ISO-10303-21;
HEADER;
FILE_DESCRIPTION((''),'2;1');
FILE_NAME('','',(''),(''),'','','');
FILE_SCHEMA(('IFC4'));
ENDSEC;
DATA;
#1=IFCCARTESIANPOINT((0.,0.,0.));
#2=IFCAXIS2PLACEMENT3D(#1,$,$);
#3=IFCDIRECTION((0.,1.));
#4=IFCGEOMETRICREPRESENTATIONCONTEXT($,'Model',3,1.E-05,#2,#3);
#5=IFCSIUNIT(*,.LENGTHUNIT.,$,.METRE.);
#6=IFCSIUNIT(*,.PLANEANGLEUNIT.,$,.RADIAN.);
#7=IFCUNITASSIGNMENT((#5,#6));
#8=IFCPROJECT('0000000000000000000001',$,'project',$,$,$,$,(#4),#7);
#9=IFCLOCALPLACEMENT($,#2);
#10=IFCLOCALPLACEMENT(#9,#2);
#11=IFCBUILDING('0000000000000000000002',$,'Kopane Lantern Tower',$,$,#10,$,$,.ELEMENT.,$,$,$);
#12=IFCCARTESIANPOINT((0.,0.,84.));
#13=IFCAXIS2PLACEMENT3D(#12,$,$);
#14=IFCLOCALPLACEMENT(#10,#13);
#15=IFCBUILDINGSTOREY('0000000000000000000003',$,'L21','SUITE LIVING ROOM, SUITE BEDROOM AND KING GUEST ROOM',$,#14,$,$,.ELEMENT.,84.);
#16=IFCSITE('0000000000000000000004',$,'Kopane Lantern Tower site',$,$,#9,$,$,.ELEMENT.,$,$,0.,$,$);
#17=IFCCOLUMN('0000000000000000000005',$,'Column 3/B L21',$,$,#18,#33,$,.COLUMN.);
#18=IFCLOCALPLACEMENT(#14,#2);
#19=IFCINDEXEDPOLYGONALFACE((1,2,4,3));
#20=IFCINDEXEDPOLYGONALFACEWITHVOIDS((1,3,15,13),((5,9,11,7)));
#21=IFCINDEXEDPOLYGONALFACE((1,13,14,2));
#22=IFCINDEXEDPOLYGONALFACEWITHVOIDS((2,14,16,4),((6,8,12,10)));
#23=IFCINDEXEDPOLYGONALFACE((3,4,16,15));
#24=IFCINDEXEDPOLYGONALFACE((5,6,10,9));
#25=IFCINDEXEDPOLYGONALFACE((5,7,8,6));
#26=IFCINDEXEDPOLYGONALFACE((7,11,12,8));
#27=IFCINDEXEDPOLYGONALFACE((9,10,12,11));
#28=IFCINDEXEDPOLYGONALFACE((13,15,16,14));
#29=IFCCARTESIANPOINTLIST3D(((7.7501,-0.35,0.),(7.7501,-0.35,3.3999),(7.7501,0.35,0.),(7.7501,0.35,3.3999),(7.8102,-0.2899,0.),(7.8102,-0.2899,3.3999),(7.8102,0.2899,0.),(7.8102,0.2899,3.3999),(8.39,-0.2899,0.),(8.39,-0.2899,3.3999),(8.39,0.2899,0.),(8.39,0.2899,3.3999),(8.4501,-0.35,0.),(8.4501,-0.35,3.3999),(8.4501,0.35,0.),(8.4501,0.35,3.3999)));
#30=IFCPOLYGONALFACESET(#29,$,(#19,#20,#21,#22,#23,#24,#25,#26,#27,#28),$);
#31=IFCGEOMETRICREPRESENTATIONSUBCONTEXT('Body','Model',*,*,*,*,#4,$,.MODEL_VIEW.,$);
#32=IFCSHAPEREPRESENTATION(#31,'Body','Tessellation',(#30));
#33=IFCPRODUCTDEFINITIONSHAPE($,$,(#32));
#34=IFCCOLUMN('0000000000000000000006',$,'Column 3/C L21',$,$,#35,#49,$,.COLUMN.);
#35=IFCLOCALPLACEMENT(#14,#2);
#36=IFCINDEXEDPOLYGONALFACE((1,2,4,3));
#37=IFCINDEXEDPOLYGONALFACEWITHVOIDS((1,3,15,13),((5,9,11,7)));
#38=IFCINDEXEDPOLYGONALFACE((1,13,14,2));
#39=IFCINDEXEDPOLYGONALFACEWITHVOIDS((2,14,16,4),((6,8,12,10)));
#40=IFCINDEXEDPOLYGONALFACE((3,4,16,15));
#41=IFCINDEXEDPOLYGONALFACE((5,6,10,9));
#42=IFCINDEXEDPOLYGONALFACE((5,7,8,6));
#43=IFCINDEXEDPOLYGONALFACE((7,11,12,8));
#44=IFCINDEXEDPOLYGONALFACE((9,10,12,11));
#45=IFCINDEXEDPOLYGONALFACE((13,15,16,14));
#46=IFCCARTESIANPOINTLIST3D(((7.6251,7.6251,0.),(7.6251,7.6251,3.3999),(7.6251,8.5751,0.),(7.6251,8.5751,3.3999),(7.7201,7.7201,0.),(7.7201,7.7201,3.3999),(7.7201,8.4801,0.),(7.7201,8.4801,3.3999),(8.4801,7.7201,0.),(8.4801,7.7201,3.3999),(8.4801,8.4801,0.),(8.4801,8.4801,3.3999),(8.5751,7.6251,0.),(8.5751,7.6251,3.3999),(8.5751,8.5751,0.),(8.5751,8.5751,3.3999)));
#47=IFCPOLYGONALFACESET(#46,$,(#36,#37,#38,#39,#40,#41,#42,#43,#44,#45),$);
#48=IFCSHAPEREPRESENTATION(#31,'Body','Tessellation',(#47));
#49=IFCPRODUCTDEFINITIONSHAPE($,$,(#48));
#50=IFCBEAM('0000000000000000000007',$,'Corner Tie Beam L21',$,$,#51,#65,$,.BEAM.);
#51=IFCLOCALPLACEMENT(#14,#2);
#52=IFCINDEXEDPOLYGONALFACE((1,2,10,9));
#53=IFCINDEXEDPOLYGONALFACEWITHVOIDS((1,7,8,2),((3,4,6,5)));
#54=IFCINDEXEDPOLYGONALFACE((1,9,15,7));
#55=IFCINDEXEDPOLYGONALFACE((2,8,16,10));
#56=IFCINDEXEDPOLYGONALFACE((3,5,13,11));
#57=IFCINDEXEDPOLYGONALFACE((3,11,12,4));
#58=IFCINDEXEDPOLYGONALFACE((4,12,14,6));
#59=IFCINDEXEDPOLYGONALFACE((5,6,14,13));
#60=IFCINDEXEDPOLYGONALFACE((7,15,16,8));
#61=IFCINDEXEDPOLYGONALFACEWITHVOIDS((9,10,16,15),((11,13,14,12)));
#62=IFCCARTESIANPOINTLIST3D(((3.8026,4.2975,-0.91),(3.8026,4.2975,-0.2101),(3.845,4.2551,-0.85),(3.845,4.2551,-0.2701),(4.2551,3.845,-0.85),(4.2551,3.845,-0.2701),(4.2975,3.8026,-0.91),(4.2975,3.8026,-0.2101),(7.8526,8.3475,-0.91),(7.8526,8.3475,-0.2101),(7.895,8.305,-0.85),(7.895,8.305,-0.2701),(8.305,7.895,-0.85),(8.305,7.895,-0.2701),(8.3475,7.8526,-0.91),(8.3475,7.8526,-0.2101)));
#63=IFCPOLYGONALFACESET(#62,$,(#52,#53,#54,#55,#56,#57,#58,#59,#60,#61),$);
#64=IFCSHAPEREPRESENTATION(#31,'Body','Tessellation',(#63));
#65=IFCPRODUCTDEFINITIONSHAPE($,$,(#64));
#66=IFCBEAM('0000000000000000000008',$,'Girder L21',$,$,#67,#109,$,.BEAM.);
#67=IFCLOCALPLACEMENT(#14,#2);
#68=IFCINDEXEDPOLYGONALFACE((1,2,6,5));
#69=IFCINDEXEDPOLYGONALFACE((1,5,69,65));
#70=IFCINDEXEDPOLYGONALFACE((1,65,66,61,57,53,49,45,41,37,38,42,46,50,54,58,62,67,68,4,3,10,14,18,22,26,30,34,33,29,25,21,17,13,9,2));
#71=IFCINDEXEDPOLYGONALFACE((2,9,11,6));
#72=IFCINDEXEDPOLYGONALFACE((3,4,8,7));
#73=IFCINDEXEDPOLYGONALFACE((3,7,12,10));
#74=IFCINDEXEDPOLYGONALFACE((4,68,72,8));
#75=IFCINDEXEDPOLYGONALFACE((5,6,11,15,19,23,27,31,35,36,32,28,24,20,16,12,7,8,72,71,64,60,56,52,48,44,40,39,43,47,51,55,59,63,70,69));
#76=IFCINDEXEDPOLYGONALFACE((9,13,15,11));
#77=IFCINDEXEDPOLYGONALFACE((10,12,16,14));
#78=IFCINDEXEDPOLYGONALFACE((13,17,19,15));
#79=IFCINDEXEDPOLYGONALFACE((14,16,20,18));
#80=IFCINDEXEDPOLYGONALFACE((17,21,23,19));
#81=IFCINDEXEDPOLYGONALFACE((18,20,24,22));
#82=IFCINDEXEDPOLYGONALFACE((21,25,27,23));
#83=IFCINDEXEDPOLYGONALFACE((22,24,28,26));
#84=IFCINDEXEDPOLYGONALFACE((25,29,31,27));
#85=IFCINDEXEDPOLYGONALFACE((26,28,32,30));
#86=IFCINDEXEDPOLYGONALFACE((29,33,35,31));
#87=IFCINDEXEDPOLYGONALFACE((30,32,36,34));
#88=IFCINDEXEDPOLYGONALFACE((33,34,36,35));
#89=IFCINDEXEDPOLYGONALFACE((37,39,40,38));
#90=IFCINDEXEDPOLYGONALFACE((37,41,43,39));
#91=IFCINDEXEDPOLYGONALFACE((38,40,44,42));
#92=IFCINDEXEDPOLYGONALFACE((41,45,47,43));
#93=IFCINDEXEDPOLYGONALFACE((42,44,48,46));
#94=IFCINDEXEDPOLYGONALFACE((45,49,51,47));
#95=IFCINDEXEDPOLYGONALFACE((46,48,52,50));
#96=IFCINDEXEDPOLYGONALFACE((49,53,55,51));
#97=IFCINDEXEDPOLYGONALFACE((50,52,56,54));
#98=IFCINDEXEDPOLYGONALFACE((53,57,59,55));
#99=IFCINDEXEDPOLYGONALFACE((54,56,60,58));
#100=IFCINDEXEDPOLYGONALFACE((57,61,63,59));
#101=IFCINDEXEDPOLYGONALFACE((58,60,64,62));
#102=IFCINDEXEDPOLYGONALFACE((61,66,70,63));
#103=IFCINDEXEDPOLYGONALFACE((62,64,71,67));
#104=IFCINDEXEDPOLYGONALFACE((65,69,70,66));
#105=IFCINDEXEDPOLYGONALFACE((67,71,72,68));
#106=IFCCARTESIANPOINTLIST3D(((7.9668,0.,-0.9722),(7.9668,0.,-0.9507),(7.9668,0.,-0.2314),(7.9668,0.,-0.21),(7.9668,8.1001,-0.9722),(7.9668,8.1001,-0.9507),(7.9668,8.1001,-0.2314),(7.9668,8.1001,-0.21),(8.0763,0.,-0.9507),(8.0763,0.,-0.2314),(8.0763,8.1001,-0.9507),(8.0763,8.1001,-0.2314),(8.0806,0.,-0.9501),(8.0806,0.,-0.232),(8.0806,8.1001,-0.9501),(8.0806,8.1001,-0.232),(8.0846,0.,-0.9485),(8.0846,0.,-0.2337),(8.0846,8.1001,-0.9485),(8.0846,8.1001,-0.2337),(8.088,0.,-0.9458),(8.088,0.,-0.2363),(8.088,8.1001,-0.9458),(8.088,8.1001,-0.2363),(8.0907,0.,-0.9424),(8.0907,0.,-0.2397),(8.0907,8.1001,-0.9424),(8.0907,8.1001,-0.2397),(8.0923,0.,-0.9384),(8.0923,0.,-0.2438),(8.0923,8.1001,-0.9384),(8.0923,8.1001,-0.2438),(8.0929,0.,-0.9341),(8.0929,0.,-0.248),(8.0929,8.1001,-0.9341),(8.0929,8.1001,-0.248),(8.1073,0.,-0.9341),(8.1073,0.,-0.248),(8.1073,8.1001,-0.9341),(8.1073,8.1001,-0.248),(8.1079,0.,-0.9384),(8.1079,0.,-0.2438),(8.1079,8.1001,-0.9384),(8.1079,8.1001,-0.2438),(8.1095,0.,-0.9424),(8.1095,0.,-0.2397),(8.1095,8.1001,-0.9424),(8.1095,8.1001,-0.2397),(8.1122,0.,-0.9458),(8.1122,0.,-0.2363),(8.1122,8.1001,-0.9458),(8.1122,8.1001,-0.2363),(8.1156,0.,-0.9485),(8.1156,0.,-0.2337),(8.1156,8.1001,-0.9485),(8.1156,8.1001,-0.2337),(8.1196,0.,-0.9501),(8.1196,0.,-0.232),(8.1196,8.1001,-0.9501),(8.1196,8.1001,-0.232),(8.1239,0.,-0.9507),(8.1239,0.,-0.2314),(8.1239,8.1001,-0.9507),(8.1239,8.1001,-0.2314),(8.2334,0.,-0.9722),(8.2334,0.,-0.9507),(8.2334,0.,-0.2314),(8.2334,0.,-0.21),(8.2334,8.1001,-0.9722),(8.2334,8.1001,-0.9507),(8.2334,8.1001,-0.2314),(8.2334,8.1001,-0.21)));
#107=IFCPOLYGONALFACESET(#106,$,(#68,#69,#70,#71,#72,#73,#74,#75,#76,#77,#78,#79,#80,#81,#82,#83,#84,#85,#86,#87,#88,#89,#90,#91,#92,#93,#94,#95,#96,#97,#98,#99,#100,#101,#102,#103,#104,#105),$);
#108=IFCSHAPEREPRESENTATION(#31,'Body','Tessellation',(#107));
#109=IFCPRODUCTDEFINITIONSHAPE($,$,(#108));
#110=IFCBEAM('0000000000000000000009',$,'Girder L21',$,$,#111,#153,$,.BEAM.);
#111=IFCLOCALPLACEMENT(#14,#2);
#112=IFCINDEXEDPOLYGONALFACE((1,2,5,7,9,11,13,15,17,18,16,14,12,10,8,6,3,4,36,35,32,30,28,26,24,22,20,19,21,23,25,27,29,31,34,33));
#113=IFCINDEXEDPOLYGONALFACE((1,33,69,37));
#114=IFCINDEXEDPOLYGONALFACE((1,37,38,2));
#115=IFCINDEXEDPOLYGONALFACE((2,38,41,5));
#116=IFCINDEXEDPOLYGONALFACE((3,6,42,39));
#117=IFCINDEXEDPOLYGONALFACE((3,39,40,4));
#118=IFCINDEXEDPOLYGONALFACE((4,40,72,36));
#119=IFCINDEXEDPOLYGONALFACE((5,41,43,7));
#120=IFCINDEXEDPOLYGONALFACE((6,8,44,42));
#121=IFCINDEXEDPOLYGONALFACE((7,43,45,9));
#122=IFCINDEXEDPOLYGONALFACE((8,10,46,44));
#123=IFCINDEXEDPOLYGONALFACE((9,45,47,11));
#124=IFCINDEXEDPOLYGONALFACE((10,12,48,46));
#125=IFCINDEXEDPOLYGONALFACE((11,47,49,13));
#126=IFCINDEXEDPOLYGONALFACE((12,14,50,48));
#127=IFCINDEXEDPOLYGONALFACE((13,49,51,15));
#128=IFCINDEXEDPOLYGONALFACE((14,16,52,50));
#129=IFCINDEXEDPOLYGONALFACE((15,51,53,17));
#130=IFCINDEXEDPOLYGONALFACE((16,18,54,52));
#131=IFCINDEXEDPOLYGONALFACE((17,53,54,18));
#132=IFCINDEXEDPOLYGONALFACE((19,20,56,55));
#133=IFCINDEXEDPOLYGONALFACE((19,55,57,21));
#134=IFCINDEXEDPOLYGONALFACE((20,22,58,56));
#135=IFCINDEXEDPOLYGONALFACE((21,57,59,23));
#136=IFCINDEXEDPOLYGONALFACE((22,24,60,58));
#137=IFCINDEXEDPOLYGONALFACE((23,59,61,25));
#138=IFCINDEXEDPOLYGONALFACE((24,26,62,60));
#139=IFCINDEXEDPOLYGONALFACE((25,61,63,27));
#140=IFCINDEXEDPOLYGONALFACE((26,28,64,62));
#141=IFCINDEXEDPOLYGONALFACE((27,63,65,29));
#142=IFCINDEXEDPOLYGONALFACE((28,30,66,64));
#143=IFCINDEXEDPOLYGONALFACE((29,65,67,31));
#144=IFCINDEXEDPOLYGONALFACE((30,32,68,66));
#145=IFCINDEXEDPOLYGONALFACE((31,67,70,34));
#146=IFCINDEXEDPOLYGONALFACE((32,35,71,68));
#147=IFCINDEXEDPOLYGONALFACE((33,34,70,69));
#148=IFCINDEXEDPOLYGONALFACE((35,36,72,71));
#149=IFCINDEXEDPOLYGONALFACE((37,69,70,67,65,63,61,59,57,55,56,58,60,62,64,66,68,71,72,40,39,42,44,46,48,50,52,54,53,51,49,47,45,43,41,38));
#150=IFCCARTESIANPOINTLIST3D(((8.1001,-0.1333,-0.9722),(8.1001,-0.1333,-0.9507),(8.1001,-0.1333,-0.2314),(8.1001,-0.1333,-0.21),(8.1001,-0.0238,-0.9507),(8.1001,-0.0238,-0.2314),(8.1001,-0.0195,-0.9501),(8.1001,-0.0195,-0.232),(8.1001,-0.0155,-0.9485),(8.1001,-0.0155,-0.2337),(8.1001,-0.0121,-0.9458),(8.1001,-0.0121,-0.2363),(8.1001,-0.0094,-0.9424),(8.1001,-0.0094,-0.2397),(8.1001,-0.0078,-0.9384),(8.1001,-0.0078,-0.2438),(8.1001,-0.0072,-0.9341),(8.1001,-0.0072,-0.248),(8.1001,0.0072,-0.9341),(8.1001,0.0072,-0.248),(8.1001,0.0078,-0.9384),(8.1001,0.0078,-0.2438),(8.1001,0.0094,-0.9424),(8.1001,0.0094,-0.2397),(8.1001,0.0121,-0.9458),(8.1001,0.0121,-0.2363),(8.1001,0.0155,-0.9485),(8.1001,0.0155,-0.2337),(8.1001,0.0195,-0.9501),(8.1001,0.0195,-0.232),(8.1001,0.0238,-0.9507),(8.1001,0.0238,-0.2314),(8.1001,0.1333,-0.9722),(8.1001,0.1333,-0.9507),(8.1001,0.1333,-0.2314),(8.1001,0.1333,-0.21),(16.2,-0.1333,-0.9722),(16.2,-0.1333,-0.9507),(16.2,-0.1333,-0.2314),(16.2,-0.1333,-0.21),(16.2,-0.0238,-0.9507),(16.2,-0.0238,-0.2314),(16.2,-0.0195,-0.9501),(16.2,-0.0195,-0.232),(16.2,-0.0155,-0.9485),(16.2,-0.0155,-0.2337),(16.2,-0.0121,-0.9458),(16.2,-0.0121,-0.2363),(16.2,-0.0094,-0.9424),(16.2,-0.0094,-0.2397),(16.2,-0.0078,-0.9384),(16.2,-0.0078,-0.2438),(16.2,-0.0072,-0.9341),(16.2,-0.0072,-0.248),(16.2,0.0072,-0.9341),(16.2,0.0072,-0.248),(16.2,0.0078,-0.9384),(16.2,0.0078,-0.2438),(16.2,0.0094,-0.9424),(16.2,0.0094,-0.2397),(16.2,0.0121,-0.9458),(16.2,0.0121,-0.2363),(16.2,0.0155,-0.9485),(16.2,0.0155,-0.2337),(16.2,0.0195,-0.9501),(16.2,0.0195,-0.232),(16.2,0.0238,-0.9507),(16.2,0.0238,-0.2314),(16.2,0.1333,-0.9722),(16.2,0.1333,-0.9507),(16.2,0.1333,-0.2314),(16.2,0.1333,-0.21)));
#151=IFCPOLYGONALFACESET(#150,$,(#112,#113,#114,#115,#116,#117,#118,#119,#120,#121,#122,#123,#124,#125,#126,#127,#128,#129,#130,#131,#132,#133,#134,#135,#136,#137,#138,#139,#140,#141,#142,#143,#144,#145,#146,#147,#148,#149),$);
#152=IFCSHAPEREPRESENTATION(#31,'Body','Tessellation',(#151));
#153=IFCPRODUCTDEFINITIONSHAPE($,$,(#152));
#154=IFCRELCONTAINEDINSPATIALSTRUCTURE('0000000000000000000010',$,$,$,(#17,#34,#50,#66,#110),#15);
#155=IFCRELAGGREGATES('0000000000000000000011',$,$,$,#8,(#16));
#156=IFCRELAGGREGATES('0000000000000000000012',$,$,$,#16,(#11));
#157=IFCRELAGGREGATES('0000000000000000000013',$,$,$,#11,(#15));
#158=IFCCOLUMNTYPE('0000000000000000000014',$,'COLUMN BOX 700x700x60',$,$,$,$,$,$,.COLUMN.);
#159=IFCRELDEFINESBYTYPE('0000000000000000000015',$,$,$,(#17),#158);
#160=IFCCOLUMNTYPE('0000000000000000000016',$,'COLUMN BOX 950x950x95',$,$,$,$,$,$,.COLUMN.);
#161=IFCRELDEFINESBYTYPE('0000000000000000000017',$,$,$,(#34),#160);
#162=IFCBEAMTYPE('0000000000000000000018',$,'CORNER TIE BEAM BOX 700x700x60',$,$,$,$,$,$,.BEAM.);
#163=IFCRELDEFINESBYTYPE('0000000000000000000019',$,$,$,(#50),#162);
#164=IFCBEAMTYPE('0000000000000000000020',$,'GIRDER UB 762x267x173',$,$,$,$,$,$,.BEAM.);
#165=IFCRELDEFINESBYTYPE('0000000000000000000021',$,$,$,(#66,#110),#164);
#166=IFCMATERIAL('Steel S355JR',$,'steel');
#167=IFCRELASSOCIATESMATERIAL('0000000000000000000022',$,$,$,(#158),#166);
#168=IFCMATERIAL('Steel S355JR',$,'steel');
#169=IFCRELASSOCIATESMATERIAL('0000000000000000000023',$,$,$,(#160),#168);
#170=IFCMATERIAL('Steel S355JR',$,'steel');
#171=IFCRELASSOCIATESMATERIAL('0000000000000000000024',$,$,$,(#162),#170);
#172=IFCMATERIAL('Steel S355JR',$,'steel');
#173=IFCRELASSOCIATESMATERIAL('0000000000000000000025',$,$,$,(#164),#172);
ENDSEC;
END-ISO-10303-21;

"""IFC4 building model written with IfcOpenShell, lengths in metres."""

from ifc_helpers import new_model, si_unit, direction, frame, origin, origin_2d, place, context, subcontext, project, spatial, hollow_rectangle, i_section, extrude, material, material_profile, profile_set, type_object, element, save


model = new_model("IFC4")

# Units and contexts
model_context = context("Model", 3, precision=1e-05, world=origin(), true_north=direction((0.0, 1.0)))
body_context = subcontext(model_context, "Body", "Model", "MODEL_VIEW")
ifc_project = project(units=[si_unit("LENGTHUNIT", "METRE"), si_unit("PLANEANGLEUNIT", "RADIAN")], contexts=[model_context])

# Site, building, storey
site_placement = place(None, origin())
site = spatial("IfcSite", under=ifc_project, at=site_placement, Name="Kopane Lantern Tower site", CompositionType="ELEMENT", RefElevation=0.0)
building_placement = place(site_placement, origin())
building = spatial("IfcBuilding", under=site, at=building_placement, Name="Kopane Lantern Tower", CompositionType="ELEMENT")
storey_placement = place(building_placement, frame((0.0, 0.0, 84.0)))
storey = spatial("IfcBuildingStorey", under=building, at=storey_placement, Name="L21", Description="SUITE LIVING ROOM, SUITE BEDROOM AND KING GUEST ROOM", CompositionType="ELEMENT", Elevation=84.0)

# Columns
ifc_material_1 = material(Name="Steel S355JR", Category="steel")
ifc_material_profile_1 = material_profile(ifc_material_1, hollow_rectangle(XDim=0.7, YDim=0.7, WallThickness=0.0601, at=origin_2d()), Name="BOX 700x700x60")
ifc_profile_set_1 = profile_set([ifc_material_profile_1], Name="Steel S355JR")
column_type_1 = type_object("IfcColumnType", Name="COLUMN BOX 700x700x60", PredefinedType="COLUMN", material=ifc_profile_set_1)
column_1_placement = place(storey_placement, frame((8.1001, 0.0, 0.0), z_axis=(0.0, 0.0, 1.0), x_axis=(1.0, 0.0, 0.0)))
element("IfcColumn", 1, at=column_1_placement, inside=storey, type_object=column_type_1, Name="Column 3/B L21", PredefinedType="COLUMN", context=body_context, shape_type="SweptSolid", body=[
    extrude(hollow_rectangle(XDim=0.7, YDim=0.7, WallThickness=0.0601, at=origin_2d()), origin(), (0.0, 0.0, 1.0), 3.3999),
])
ifc_material_2 = material(Name="Steel S355JR", Category="steel")
ifc_material_profile_2 = material_profile(ifc_material_2, hollow_rectangle(XDim=0.95, YDim=0.95, WallThickness=0.095, at=origin_2d()), Name="BOX 950x950x95")
ifc_profile_set_2 = profile_set([ifc_material_profile_2], Name="Steel S355JR")
column_type_2 = type_object("IfcColumnType", Name="COLUMN BOX 950x950x95", PredefinedType="COLUMN", material=ifc_profile_set_2)
column_2_placement = place(storey_placement, frame((8.1001, 8.1001, 0.0), z_axis=(0.0, 0.0, 1.0), x_axis=(1.0, 0.0, 0.0)))
element("IfcColumn", 2, at=column_2_placement, inside=storey, type_object=column_type_2, Name="Column 3/C L21", PredefinedType="COLUMN", context=body_context, shape_type="SweptSolid", body=[
    extrude(hollow_rectangle(XDim=0.95, YDim=0.95, WallThickness=0.095, at=origin_2d()), origin(), (0.0, 0.0, 1.0), 3.3999),
])

# Beams
ifc_material_3 = material(Name="Steel S355JR", Category="steel")
ifc_material_profile_3 = material_profile(ifc_material_3, hollow_rectangle(XDim=0.7, YDim=0.7, WallThickness=0.0601, at=origin_2d()), Name="BOX 700x700x60")
ifc_profile_set_3 = profile_set([ifc_material_profile_3], Name="Steel S355JR")
beam_type_1 = type_object("IfcBeamType", Name="CORNER TIE BEAM BOX 700x700x60", PredefinedType="BEAM", material=ifc_profile_set_3)
beam_1_placement = place(storey_placement, frame((4.05, 4.05, -0.5601), z_axis=(0.707107, 0.707107, 0.0), x_axis=(-0.707107, 0.707107, 0.0)))
element("IfcBeam", 3, at=beam_1_placement, inside=storey, type_object=beam_type_1, Name="Corner Tie Beam L21", PredefinedType="BEAM", context=body_context, shape_type="SweptSolid", body=[
    extrude(hollow_rectangle(XDim=0.7, YDim=0.7, WallThickness=0.0601, at=origin_2d()), origin(), (0.0, 0.0, 1.0), 5.7275),
])
ifc_material_4 = material(Name="Steel S355JR", Category="steel")
ifc_material_profile_4 = material_profile(ifc_material_4, i_section(OverallWidth=0.2666, OverallDepth=0.7622, WebThickness=0.0144, FlangeThickness=0.0215, FilletRadius=0.0166, at=origin_2d()), Name="UB 762x267x173")
ifc_profile_set_4 = profile_set([ifc_material_profile_4], Name="Steel S355JR")
beam_type_2 = type_object("IfcBeamType", Name="GIRDER UB 762x267x173", PredefinedType="BEAM", material=ifc_profile_set_4)
beam_2_placement = place(storey_placement, frame((8.1001, 0.0, -0.5911), z_axis=(0.0, 1.0, 0.0), x_axis=(-1.0, 0.0, 0.0)))
element("IfcBeam", 4, at=beam_2_placement, inside=storey, type_object=beam_type_2, Name="Girder L21", PredefinedType="BEAM", context=body_context, shape_type="SweptSolid", body=[
    extrude(i_section(OverallWidth=0.2666, OverallDepth=0.7622, WebThickness=0.0144, FlangeThickness=0.0215, FilletRadius=0.0166, at=origin_2d()), origin(), (0.0, 0.0, 1.0), 8.1001),
])
for number, where, z_axis, x_axis, name in (
    (5, (8.1001, 0.0, -0.5911), (1.0, 0.0, 0.0), (0.0, 1.0, 0.0), "Girder L21"),
):
    element("IfcBeam", number, at=place(storey_placement, frame(where, z_axis=z_axis, x_axis=x_axis)), inside=storey, type_object=beam_type_2, Name=name, PredefinedType="BEAM", context=body_context, shape_type="SweptSolid", body=[
        extrude(i_section(OverallWidth=0.2666, OverallDepth=0.7622, WebThickness=0.0144, FlangeThickness=0.0215, FilletRadius=0.0166, at=origin_2d()), origin(), (0.0, 0.0, 1.0), 8.0999),
    ])

save(model, "model.ifc")
